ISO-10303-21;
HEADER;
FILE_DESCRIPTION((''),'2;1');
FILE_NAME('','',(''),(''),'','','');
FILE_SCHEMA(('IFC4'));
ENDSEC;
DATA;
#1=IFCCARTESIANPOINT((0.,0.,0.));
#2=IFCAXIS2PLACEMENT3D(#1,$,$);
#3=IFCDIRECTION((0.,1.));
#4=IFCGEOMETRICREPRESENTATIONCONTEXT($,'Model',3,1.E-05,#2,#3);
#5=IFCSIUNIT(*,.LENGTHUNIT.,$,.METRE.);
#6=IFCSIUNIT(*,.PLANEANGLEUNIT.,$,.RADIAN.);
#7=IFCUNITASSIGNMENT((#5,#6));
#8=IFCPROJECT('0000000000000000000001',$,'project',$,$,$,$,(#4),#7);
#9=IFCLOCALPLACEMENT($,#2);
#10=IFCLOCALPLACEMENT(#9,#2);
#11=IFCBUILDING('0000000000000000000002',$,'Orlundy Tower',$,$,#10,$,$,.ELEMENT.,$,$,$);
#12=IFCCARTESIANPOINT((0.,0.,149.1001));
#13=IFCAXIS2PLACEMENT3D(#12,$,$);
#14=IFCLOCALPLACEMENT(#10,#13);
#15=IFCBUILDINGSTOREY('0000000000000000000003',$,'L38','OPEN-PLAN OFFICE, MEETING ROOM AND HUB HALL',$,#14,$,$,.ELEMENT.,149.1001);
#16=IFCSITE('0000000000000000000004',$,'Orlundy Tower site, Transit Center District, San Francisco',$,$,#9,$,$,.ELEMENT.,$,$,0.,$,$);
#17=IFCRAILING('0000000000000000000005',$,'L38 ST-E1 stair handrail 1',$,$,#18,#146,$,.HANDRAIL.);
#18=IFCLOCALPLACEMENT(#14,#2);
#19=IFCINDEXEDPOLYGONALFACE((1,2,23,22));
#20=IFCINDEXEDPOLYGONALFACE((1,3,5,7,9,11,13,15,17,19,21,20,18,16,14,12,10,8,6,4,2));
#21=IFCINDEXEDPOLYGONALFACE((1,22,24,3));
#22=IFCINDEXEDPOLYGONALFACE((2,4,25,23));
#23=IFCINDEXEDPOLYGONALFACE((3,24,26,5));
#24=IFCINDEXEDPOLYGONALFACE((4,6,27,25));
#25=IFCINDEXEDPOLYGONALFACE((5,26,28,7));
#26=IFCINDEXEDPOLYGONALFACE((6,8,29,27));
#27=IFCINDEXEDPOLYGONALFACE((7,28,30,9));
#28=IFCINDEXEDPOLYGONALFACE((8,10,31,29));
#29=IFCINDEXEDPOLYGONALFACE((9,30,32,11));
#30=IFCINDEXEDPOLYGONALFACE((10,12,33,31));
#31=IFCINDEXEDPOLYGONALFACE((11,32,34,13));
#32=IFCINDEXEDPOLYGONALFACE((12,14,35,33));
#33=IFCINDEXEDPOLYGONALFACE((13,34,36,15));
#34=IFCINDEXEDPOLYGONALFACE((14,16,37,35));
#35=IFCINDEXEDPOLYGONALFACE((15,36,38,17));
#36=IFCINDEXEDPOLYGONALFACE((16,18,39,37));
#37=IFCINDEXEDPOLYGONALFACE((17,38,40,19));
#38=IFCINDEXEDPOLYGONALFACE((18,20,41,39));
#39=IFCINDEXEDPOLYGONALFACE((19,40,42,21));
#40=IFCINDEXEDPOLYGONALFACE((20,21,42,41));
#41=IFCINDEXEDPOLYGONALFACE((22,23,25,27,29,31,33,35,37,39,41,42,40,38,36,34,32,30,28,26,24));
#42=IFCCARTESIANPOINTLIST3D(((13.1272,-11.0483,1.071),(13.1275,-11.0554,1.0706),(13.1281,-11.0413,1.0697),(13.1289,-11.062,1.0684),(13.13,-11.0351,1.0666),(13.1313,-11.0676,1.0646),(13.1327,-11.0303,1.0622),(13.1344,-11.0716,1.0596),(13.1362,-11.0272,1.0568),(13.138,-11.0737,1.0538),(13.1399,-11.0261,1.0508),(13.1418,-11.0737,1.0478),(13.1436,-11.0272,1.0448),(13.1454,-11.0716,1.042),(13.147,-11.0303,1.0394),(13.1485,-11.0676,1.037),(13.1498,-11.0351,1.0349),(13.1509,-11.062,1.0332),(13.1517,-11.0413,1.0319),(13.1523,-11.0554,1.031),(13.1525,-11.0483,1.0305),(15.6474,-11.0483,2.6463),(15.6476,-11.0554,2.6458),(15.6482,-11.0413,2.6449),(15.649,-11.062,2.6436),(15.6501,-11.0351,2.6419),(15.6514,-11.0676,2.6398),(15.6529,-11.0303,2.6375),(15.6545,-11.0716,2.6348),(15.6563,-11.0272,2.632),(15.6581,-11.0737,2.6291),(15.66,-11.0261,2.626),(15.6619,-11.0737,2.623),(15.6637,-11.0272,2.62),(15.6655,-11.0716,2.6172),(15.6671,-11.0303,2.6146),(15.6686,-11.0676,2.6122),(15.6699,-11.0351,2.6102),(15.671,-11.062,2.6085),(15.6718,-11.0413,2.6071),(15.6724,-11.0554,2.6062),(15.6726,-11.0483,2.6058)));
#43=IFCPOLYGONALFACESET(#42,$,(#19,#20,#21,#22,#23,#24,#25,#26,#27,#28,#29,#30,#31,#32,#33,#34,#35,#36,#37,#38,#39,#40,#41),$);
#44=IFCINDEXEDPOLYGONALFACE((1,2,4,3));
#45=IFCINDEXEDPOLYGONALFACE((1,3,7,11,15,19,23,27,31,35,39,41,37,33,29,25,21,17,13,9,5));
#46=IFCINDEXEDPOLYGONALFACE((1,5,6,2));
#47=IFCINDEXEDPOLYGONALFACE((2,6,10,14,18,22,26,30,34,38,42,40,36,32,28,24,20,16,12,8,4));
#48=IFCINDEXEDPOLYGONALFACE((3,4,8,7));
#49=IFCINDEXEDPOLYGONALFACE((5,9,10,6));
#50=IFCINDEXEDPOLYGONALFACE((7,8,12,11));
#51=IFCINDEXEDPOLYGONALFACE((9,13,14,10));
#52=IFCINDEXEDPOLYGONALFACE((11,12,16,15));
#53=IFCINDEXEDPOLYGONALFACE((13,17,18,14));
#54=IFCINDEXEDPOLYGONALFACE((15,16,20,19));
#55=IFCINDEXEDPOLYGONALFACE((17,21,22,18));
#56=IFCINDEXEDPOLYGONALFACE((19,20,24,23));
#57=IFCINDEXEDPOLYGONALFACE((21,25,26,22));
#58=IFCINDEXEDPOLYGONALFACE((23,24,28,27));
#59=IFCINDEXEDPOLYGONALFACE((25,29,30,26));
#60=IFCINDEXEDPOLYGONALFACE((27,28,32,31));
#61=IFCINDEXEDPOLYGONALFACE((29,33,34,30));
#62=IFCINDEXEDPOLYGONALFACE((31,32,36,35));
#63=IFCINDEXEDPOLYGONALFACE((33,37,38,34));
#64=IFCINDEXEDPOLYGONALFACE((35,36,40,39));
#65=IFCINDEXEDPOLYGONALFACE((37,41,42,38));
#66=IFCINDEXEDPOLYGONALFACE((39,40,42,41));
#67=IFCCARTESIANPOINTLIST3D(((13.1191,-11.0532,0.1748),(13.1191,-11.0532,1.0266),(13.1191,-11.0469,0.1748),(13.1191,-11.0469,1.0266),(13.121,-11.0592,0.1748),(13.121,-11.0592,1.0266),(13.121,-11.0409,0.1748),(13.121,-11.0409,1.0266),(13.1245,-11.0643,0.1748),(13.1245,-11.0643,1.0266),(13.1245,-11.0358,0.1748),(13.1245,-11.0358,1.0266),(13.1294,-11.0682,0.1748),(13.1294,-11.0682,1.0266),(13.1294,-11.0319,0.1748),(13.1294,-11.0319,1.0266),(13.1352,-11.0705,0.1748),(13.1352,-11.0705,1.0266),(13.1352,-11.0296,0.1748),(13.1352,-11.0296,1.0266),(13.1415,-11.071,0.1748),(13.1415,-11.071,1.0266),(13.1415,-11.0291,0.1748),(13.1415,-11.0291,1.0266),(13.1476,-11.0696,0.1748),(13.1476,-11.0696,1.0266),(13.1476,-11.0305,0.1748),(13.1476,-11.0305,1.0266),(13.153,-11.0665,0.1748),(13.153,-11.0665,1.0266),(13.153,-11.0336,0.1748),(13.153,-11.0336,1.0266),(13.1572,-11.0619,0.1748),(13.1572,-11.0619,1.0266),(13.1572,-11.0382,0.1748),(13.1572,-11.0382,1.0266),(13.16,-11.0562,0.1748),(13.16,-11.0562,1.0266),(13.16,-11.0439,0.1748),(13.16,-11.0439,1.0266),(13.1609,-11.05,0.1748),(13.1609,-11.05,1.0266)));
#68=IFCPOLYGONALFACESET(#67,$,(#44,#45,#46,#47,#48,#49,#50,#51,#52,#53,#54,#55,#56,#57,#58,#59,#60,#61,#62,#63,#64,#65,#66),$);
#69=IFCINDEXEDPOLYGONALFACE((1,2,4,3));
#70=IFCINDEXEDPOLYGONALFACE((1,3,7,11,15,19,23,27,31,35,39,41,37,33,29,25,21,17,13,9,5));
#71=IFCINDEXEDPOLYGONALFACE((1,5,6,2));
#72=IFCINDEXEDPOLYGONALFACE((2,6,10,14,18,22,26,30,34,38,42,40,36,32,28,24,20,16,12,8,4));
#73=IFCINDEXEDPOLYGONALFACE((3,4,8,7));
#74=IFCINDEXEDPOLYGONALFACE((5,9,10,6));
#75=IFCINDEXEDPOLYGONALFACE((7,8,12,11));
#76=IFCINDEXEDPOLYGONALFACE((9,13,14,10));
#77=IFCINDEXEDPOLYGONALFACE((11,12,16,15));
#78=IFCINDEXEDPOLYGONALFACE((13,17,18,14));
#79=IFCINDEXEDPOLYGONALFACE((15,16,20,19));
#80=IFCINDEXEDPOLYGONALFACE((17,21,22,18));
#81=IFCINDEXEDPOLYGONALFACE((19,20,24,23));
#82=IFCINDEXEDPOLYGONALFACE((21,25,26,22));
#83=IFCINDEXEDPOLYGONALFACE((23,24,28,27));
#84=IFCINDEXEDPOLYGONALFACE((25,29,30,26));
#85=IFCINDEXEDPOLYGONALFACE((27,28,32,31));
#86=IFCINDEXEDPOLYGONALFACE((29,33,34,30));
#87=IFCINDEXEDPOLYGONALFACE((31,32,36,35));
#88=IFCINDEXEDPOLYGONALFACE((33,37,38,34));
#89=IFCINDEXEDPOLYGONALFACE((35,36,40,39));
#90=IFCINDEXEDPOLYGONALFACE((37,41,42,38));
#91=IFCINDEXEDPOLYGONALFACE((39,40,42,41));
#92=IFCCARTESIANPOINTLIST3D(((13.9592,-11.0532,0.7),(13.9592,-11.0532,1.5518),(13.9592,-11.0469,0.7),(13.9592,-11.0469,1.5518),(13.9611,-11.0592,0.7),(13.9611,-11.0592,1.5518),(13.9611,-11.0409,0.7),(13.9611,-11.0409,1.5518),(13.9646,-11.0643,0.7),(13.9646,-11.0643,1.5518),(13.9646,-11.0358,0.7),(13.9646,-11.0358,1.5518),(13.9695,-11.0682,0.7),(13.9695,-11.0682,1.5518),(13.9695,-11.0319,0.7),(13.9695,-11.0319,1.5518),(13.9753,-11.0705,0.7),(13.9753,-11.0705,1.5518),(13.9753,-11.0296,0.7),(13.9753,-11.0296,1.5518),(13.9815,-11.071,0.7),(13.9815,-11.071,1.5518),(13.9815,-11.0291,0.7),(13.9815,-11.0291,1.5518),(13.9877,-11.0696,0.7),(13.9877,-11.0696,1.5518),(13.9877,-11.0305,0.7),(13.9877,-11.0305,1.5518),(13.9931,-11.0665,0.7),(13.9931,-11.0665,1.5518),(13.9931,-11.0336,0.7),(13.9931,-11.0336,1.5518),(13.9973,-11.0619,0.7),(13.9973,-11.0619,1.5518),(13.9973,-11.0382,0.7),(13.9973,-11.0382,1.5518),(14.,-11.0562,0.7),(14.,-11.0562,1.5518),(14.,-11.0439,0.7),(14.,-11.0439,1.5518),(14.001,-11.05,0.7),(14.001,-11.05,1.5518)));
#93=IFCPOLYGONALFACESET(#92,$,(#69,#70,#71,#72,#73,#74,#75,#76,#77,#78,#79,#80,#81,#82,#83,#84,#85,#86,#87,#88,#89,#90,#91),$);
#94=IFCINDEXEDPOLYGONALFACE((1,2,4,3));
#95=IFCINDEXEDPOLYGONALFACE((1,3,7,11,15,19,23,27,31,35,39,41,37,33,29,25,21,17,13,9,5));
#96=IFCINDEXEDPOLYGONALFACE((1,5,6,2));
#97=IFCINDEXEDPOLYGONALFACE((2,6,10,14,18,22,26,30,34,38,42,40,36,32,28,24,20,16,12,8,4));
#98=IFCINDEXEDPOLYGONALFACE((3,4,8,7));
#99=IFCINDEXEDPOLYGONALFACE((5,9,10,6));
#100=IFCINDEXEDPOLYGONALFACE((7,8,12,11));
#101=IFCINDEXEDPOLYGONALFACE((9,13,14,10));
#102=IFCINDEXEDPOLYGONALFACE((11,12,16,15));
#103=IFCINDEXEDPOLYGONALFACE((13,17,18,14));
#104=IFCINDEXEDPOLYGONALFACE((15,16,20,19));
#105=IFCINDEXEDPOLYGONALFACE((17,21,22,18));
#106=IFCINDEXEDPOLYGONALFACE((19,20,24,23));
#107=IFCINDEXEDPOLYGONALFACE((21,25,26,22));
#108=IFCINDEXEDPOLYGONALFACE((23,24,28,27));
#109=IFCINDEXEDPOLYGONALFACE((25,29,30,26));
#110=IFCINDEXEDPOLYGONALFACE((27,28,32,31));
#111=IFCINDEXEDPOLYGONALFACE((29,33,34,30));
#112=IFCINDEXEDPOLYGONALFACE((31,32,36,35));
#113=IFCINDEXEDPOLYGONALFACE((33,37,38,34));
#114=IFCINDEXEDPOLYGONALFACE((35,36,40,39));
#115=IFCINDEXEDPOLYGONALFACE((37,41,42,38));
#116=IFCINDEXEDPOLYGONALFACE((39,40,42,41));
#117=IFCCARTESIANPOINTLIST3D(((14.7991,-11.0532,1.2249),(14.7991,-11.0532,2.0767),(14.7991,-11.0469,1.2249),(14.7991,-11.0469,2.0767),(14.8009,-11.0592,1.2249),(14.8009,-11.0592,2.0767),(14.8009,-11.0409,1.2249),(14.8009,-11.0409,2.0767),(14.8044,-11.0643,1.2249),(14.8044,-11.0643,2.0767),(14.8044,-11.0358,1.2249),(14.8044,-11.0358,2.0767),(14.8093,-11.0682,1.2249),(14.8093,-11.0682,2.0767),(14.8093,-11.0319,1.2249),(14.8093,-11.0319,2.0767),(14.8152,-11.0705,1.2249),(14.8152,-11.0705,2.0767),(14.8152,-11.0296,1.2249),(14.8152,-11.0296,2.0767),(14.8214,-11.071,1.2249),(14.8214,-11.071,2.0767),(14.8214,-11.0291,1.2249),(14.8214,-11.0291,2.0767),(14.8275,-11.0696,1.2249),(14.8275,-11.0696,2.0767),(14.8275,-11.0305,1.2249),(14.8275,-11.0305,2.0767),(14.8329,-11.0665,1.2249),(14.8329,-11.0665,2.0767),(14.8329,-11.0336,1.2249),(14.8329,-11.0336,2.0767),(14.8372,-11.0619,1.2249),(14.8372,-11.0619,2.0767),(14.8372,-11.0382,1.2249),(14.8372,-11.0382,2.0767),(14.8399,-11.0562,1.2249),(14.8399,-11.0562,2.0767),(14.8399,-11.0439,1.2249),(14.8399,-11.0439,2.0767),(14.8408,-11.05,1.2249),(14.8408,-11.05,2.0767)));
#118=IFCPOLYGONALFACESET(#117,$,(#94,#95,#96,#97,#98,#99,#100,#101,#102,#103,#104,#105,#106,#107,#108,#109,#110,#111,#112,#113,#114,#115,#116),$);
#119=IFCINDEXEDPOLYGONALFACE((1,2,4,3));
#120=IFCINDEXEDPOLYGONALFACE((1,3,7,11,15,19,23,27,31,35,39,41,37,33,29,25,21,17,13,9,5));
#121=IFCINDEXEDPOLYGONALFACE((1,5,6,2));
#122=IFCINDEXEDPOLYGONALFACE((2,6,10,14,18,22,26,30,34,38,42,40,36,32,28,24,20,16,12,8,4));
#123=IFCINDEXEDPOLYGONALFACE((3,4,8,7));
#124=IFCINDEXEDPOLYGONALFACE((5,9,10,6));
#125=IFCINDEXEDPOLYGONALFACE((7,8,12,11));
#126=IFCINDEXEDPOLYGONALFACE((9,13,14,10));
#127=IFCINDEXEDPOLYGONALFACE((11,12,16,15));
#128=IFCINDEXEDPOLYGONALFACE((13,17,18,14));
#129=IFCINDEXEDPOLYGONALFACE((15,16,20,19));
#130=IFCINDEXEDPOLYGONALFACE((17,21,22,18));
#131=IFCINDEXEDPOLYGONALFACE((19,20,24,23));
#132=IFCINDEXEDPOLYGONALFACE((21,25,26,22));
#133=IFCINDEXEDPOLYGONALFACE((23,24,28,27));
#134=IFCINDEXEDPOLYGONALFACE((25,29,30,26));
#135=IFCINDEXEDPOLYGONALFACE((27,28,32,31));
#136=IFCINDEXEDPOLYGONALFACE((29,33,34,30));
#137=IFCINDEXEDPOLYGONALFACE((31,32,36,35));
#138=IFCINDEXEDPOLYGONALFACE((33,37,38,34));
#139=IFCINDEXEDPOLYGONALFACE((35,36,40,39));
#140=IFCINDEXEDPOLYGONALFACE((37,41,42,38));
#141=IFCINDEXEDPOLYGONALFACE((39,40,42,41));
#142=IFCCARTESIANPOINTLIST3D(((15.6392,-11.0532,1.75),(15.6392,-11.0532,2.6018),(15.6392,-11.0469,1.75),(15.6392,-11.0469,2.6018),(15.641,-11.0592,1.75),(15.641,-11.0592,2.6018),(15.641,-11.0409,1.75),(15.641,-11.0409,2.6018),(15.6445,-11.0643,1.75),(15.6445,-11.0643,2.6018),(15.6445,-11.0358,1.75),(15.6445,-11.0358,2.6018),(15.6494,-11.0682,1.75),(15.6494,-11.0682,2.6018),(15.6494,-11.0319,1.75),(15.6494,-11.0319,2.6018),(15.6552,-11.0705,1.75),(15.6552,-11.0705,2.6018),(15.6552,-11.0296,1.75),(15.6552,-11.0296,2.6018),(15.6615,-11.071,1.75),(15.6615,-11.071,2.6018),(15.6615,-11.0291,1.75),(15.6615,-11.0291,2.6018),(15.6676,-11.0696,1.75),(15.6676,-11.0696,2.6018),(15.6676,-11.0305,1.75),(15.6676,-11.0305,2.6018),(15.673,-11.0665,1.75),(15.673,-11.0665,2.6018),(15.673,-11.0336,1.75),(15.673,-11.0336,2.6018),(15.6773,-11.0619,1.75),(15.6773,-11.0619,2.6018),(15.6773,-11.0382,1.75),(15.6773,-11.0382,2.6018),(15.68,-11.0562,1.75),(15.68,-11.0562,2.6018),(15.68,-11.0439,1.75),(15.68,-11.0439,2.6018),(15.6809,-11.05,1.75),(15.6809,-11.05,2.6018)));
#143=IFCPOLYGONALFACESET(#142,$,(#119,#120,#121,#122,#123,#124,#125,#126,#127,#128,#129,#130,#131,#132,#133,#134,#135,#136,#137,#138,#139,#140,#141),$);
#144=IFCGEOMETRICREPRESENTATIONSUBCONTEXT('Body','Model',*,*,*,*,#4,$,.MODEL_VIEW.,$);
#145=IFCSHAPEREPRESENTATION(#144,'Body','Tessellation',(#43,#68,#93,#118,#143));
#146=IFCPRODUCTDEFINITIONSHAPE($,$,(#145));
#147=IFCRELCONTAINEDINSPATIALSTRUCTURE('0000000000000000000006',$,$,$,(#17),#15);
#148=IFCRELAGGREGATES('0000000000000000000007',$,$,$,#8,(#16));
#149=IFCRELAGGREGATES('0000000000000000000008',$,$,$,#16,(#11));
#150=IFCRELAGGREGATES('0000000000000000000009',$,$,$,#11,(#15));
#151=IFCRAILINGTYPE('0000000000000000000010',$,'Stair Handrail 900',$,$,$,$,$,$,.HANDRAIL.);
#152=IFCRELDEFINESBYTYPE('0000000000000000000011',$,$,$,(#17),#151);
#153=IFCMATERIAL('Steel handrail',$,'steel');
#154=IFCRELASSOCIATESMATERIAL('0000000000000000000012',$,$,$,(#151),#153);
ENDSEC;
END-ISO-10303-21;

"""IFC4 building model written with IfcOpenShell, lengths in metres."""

from ifc_helpers import new_model, si_unit, direction, frame, origin, origin_2d, place, context, subcontext, project, spatial, circle, extrude, material, type_object, element, save


model = new_model("IFC4")

# Units and contexts
model_context = context("Model", 3, precision=1e-05, world=origin(), true_north=direction((0.0, 1.0)))
body_context = subcontext(model_context, "Body", "Model", "MODEL_VIEW")
ifc_project = project(units=[si_unit("LENGTHUNIT", "METRE"), si_unit("PLANEANGLEUNIT", "RADIAN")], contexts=[model_context])

# Site, building, storey
site_placement = place(None, origin())
site = spatial("IfcSite", under=ifc_project, at=site_placement, Name="Orlundy Tower site, Transit Center District, San Francisco", CompositionType="ELEMENT", RefElevation=0.0)
building_placement = place(site_placement, origin())
building = spatial("IfcBuilding", under=site, at=building_placement, Name="Orlundy Tower", CompositionType="ELEMENT")
storey_placement = place(building_placement, frame((0.0, 0.0, 149.1001)))
storey = spatial("IfcBuildingStorey", under=building, at=storey_placement, Name="L38", Description="OPEN-PLAN OFFICE, MEETING ROOM AND HUB HALL", CompositionType="ELEMENT", Elevation=149.1001)

# Railing
ifc_material_1 = material(Name="Steel handrail", Category="steel")
railing_type_1 = type_object("IfcRailingType", Name="Stair Handrail 900", PredefinedType="HANDRAIL", material=ifc_material_1)
railing_1_placement = place(storey_placement, frame((13.1399, -11.05, 0.1748)))
element("IfcRailing", 1, at=railing_1_placement, inside=storey, type_object=railing_type_1, Name="L38 ST-E1 stair handrail 1", PredefinedType="HANDRAIL", context=body_context, shape_type="SweptSolid", body=[
    extrude(circle(Radius=0.0239, at=origin_2d()), frame((0.0, 0.0, 0.876), z_axis=(0.847971, 0.0, 0.530043), x_axis=(0.0, 1.0, 0.0)), (0.0, 0.0, 1.0), 2.9719),
    extrude(circle(Radius=0.021, at=origin_2d()), origin(), (0.0, 0.0, 1.0), 0.8518),
    extrude(circle(Radius=0.021, at=origin_2d()), frame((0.8401, 0.0, 0.5251)), (0.0, 0.0, 1.0), 0.8518),
    extrude(circle(Radius=0.021, at=origin_2d()), frame((1.6799, 0.0, 1.05)), (0.0, 0.0, 1.0), 0.8518),
    extrude(circle(Radius=0.021, at=origin_2d()), frame((2.52, 0.0, 1.5752)), (0.0, 0.0, 1.0), 0.8518),
])

save(model, "model.ifc")
